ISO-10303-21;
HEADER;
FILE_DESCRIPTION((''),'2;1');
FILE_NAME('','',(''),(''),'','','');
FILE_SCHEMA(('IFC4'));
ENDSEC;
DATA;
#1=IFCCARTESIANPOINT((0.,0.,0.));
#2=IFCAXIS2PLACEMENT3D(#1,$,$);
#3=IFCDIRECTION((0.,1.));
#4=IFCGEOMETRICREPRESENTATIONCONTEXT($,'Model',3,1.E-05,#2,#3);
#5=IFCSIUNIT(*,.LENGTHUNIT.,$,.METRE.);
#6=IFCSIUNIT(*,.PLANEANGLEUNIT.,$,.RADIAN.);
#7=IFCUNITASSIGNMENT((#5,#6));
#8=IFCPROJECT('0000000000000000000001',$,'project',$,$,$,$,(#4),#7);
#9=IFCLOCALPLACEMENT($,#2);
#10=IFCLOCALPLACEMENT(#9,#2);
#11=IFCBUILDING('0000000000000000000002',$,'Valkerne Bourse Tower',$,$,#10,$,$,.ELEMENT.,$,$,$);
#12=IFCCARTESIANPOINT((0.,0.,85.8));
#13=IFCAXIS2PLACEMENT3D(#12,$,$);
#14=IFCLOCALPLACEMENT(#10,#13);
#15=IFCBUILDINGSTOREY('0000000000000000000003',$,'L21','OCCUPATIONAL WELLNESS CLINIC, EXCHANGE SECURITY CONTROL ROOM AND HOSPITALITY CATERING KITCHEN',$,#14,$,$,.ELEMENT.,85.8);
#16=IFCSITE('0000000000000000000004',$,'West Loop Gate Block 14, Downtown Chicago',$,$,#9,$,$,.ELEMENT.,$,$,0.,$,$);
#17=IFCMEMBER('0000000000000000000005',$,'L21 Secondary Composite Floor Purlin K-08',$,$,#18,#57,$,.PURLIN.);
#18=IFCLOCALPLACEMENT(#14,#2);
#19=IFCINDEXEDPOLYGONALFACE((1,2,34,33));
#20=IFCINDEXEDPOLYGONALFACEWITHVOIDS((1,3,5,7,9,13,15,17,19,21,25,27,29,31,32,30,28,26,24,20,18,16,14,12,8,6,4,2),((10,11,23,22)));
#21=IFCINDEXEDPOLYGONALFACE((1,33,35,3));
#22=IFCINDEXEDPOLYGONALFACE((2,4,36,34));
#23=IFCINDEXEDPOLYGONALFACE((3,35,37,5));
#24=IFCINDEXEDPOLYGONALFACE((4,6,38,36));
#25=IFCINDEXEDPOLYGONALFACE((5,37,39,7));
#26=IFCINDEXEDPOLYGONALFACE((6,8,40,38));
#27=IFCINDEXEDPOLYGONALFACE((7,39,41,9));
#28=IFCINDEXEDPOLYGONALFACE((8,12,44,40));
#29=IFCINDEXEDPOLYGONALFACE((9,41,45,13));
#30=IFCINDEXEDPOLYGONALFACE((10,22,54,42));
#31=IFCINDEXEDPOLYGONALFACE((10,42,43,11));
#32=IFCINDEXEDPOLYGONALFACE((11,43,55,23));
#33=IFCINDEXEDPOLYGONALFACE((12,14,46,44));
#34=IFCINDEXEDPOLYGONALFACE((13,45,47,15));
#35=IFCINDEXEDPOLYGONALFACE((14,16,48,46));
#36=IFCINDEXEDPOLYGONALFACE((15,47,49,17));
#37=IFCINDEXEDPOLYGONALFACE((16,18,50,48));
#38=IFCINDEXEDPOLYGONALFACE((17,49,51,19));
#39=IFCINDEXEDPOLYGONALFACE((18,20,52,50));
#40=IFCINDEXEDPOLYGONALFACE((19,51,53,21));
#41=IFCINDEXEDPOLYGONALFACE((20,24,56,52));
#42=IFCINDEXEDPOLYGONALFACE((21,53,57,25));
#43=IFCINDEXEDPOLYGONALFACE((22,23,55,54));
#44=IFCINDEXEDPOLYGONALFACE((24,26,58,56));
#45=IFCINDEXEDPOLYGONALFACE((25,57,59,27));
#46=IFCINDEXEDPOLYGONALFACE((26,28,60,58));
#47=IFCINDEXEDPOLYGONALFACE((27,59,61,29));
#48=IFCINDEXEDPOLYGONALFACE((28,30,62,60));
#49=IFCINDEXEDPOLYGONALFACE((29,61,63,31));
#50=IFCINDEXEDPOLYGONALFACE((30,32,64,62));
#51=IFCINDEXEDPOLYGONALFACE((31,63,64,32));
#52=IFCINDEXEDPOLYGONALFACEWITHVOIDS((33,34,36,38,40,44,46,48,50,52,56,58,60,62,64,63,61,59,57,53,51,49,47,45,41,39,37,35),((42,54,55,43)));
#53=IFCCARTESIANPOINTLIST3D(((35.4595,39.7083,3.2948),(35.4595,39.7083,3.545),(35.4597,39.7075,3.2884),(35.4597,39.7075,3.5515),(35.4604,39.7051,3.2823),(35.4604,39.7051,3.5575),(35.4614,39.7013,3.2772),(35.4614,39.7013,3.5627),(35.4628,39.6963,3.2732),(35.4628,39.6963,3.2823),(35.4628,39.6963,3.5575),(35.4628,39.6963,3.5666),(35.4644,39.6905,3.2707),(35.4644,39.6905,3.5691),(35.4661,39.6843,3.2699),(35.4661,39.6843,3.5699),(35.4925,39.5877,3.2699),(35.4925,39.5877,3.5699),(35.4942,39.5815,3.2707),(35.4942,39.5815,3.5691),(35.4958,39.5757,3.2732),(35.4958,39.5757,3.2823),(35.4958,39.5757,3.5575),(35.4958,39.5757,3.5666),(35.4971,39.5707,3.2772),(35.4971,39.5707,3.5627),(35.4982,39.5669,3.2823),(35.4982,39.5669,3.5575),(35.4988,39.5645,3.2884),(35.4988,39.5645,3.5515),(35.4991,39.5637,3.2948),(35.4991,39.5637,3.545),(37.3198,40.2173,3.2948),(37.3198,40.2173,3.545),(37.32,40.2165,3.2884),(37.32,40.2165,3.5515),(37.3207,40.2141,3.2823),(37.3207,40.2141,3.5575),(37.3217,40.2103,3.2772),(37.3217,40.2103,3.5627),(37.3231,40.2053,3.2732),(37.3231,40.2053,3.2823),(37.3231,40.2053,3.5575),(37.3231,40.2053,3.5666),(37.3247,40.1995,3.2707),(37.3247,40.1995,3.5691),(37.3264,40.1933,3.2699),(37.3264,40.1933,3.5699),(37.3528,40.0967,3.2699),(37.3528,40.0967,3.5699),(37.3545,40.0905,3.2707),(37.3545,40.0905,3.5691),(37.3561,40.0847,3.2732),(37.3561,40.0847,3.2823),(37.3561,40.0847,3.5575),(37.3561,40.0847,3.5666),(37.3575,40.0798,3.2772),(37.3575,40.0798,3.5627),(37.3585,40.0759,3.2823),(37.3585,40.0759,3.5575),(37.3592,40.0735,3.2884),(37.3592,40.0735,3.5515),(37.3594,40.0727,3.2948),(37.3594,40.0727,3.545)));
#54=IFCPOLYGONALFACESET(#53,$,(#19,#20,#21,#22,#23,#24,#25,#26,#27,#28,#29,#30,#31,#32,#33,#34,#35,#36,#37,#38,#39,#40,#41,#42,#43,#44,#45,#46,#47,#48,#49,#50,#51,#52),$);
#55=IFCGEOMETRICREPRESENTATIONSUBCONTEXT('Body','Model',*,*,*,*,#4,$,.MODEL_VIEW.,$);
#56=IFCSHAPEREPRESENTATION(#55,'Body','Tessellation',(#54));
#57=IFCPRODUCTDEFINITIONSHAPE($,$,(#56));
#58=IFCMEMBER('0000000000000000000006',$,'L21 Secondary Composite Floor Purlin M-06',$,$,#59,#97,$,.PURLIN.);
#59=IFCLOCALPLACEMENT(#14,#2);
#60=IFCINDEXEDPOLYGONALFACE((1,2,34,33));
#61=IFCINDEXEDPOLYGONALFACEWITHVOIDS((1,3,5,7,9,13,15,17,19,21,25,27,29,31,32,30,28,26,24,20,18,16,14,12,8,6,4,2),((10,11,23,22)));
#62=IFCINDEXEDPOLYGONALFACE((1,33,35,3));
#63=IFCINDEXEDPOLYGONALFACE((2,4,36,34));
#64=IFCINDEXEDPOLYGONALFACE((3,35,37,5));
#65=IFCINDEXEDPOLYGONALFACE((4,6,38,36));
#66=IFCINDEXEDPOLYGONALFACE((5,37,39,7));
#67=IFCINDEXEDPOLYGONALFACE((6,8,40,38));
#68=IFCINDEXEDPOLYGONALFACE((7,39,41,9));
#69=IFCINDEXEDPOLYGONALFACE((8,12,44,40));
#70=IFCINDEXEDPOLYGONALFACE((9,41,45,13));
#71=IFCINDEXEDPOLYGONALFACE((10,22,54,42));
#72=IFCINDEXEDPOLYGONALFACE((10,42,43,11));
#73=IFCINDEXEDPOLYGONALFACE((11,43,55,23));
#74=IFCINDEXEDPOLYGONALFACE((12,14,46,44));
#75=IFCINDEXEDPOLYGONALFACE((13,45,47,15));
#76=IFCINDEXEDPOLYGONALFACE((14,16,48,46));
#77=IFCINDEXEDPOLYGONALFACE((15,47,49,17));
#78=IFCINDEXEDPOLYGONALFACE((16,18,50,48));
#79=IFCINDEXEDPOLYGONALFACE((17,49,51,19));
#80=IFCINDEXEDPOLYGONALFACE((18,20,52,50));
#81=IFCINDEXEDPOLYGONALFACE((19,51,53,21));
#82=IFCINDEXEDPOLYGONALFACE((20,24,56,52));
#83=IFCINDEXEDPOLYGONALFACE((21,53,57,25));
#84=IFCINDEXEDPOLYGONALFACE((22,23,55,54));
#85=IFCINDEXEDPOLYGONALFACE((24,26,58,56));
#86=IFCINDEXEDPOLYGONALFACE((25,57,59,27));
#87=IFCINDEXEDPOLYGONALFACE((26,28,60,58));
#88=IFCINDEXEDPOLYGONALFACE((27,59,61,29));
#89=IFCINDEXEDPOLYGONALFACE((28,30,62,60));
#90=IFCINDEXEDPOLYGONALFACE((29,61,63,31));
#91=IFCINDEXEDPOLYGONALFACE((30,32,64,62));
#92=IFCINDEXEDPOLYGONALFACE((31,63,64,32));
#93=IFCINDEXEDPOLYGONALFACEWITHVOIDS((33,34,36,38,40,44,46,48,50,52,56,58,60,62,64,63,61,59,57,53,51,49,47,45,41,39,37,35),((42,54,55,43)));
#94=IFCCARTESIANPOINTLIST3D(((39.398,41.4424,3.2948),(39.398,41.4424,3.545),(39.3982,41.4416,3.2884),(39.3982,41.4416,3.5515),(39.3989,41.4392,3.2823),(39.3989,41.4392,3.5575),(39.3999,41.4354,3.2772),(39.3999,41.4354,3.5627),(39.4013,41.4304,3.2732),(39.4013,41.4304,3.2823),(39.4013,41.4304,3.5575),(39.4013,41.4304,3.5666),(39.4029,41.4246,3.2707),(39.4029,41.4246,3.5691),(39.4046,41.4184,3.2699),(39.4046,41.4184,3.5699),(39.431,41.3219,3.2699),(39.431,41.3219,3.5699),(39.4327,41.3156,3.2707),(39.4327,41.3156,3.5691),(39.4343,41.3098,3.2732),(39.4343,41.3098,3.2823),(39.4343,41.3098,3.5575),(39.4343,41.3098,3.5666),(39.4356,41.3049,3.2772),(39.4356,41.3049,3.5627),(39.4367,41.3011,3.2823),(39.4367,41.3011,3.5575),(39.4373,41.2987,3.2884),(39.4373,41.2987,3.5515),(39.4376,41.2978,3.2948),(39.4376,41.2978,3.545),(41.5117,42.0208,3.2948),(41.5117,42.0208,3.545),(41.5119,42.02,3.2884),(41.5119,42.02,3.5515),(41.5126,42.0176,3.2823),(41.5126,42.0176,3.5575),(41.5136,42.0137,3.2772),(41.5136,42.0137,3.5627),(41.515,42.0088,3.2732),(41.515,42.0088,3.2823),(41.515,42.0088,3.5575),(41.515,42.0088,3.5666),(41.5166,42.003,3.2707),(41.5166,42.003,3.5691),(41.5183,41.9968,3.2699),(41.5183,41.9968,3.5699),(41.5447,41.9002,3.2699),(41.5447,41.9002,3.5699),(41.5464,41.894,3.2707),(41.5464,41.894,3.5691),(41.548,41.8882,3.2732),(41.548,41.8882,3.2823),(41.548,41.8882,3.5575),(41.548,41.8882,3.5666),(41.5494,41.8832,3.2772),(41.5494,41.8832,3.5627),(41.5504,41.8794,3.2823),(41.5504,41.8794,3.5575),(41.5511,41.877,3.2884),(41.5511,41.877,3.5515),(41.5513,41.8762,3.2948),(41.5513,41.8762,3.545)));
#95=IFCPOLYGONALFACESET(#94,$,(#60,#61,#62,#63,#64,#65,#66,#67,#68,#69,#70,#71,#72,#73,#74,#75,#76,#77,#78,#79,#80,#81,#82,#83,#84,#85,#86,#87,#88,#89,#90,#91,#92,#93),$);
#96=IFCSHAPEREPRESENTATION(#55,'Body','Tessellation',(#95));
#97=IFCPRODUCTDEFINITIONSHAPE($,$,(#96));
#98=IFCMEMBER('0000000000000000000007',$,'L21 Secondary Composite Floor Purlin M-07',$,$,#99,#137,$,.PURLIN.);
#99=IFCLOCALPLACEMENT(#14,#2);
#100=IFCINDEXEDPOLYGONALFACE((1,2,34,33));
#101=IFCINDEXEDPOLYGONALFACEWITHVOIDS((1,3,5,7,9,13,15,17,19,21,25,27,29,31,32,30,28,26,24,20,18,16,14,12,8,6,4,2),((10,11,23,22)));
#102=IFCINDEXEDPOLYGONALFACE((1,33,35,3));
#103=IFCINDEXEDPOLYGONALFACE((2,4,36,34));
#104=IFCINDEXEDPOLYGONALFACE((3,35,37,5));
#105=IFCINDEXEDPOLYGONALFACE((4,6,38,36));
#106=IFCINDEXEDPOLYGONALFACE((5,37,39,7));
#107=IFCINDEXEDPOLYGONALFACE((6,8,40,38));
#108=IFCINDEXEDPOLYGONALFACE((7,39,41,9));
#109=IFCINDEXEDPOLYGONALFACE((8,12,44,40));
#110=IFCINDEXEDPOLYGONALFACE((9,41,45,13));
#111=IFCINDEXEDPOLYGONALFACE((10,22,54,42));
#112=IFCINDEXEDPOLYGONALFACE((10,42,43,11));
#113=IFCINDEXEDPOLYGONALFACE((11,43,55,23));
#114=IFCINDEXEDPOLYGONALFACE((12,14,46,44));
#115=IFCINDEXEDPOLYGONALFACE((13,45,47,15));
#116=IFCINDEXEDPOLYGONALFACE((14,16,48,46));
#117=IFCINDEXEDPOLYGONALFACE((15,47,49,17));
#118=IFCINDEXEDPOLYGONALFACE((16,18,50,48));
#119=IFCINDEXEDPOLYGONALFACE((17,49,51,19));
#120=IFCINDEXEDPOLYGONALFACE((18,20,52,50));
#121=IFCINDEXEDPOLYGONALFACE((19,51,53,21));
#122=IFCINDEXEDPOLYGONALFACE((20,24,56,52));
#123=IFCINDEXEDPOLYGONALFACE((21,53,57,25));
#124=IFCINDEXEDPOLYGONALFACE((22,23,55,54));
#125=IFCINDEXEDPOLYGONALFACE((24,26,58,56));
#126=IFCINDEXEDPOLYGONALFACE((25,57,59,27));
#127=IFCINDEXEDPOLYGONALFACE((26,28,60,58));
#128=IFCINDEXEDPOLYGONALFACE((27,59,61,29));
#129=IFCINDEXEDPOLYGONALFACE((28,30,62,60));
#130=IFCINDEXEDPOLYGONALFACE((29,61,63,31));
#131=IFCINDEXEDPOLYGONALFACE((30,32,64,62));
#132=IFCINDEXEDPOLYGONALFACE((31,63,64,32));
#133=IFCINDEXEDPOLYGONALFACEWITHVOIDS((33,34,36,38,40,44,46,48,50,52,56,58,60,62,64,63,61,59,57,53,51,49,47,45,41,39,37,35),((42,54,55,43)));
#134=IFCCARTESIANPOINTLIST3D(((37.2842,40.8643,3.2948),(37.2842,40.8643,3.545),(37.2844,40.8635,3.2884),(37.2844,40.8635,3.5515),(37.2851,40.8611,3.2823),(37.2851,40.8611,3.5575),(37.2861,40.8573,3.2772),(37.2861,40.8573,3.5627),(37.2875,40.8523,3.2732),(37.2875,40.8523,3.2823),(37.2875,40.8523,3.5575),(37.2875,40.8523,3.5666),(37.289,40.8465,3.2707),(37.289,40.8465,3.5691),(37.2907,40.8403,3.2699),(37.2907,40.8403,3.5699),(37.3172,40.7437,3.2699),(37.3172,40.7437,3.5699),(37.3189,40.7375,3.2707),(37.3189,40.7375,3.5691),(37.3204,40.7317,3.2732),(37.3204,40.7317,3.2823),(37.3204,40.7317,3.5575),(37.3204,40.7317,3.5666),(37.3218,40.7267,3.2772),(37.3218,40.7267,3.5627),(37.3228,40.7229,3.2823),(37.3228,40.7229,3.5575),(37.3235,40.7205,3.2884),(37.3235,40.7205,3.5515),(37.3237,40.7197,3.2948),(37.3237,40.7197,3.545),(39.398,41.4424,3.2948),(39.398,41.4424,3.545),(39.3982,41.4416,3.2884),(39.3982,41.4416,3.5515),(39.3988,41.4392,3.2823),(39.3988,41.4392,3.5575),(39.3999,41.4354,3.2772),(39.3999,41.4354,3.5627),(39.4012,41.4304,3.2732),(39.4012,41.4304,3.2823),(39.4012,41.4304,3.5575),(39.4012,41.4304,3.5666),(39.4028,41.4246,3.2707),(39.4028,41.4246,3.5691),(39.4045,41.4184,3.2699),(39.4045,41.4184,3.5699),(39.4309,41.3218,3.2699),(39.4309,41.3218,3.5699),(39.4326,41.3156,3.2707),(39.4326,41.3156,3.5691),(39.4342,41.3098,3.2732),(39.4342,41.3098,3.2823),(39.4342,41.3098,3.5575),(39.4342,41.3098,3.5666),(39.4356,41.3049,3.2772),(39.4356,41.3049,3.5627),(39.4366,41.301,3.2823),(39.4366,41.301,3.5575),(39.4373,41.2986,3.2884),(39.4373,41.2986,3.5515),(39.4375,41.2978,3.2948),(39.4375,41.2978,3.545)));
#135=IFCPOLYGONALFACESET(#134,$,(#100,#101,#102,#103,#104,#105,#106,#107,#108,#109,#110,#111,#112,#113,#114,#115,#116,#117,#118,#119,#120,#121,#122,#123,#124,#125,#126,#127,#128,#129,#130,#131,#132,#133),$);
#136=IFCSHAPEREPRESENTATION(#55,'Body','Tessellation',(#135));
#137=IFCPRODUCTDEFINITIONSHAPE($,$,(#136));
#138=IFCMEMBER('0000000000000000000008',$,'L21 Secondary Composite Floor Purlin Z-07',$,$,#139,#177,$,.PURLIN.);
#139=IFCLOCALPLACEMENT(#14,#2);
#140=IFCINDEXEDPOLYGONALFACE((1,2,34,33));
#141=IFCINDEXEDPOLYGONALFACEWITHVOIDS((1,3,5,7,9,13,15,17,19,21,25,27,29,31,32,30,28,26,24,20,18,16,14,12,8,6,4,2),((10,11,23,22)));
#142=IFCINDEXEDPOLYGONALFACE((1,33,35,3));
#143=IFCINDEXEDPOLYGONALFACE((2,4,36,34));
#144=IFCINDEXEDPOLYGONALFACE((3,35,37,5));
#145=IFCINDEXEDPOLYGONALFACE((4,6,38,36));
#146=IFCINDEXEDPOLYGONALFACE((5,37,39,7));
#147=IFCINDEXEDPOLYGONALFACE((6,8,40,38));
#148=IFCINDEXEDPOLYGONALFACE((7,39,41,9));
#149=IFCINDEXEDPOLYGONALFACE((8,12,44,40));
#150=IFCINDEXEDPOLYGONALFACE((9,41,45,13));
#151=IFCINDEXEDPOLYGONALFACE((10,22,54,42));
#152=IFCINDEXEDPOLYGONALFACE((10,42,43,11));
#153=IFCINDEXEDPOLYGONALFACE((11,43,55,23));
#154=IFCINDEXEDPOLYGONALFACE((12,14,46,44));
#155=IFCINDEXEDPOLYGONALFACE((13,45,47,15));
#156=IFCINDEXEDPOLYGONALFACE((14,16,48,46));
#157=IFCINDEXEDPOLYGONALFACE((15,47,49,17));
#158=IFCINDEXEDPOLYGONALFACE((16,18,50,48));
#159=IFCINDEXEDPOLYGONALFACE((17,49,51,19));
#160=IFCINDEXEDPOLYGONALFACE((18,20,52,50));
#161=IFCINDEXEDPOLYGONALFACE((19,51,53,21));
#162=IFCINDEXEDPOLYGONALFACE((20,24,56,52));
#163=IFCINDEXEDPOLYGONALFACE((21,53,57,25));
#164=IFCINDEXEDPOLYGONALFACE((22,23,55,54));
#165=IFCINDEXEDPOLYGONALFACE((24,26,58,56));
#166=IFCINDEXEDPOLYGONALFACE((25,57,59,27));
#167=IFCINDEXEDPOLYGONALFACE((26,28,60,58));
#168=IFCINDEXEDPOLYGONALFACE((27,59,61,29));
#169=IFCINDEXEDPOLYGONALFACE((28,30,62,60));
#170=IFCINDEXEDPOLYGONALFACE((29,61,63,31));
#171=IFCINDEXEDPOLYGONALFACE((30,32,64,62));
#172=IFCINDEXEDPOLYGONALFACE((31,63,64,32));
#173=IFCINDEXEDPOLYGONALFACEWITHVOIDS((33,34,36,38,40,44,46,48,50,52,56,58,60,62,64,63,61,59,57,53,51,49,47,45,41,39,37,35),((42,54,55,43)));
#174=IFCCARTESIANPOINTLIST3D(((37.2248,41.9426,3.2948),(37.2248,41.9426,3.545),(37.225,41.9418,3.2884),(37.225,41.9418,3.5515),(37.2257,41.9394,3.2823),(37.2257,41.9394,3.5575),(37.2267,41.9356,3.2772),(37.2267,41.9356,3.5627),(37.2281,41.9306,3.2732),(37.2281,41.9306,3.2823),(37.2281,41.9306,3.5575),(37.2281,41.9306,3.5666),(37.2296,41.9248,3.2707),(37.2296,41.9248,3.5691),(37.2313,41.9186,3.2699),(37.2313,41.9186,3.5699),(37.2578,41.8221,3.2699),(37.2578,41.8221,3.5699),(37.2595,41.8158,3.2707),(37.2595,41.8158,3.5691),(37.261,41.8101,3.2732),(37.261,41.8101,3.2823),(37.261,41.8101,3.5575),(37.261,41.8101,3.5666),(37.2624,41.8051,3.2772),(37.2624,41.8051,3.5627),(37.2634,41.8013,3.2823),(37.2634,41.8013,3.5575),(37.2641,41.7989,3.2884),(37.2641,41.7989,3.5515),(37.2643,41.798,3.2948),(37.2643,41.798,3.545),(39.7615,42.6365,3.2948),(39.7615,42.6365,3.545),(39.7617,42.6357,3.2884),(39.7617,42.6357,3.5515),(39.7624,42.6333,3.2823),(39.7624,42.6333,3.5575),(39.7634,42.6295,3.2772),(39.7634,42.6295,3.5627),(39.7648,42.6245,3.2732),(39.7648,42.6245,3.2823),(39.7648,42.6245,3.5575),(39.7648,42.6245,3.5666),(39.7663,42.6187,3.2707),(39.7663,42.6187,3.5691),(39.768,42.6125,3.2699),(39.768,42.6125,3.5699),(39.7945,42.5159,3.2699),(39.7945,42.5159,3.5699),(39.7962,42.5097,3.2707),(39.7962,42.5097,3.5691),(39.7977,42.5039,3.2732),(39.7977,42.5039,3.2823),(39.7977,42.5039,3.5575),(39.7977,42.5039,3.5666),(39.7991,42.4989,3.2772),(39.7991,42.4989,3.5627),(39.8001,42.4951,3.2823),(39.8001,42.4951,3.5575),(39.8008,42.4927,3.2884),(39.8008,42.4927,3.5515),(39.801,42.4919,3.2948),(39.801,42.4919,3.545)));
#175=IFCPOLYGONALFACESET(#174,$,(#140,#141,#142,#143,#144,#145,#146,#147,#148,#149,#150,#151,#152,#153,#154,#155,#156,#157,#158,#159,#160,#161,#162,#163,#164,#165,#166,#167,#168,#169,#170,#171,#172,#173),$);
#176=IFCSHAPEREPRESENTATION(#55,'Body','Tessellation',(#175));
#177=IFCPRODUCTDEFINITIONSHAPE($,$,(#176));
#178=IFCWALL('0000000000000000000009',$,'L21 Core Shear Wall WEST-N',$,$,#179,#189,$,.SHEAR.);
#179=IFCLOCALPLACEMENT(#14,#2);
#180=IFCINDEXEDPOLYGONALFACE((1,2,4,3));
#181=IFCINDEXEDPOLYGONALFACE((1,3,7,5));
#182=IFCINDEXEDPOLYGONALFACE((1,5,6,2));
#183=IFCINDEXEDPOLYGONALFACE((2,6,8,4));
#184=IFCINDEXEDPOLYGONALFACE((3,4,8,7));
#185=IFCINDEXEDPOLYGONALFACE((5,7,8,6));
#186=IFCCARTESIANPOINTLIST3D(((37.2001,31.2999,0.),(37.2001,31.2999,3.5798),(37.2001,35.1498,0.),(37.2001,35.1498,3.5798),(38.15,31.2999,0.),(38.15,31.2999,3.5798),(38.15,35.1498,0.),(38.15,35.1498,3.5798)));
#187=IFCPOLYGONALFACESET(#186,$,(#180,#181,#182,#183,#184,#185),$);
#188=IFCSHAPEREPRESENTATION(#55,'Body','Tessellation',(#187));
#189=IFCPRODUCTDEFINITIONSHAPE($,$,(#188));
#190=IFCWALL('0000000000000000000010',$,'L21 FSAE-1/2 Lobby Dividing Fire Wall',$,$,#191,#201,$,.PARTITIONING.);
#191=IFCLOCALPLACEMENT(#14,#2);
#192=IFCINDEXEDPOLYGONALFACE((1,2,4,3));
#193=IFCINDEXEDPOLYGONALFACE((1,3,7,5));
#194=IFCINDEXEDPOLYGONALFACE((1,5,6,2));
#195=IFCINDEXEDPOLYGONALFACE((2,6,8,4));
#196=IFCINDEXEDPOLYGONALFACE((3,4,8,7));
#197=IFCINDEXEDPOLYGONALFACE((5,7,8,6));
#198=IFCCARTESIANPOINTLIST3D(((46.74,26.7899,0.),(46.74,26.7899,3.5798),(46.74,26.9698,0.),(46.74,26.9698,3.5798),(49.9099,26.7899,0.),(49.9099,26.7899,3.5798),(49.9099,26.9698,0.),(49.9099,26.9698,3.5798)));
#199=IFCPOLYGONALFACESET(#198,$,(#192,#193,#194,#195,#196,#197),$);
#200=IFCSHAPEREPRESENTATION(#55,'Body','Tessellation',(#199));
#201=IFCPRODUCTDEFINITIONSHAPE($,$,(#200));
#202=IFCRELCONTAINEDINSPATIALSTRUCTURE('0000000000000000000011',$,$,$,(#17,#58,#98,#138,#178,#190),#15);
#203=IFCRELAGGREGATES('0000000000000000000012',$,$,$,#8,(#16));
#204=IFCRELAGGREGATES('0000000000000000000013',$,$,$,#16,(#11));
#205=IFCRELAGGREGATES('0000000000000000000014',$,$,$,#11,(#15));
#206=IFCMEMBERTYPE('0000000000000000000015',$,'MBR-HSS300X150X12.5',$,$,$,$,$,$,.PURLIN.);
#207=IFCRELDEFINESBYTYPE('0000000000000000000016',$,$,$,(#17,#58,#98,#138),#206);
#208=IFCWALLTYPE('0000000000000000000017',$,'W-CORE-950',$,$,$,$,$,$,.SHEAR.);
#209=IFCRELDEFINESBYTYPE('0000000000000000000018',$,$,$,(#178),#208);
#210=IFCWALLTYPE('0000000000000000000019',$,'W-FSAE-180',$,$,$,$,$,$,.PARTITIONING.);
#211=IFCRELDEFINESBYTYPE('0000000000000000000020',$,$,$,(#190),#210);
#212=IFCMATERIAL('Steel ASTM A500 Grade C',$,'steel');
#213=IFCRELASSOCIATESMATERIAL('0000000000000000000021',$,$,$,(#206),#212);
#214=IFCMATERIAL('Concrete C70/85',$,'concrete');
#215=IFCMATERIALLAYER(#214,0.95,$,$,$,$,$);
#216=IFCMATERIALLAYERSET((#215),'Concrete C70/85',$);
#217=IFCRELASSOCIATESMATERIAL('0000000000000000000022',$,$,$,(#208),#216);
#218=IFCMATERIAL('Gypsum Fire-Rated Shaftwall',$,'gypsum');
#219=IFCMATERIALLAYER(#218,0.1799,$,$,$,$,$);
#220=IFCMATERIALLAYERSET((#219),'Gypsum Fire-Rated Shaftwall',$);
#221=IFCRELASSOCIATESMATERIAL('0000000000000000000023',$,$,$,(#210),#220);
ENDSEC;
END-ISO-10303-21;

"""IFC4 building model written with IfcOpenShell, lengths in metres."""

from ifc_helpers import new_model, si_unit, direction, frame, frame_2d, origin, origin_2d, place, context, subcontext, project, spatial, rectangle, hollow_rectangle, extrude, material, layer, layer_set, material_profile, profile_set, type_object, element, save


model = new_model("IFC4")

# Units and contexts
model_context = context("Model", 3, precision=1e-05, world=origin(), true_north=direction((0.0, 1.0)))
body_context = subcontext(model_context, "Body", "Model", "MODEL_VIEW")
ifc_project = project(units=[si_unit("LENGTHUNIT", "METRE"), si_unit("PLANEANGLEUNIT", "RADIAN")], contexts=[model_context])

# Site, building, storey
site_placement = place(None, origin())
site = spatial("IfcSite", under=ifc_project, at=site_placement, Name="West Loop Gate Block 14, Downtown Chicago", CompositionType="ELEMENT", RefElevation=0.0)
building_placement = place(site_placement, origin())
building = spatial("IfcBuilding", under=site, at=building_placement, Name="Valkerne Bourse Tower", CompositionType="ELEMENT")
storey_placement = place(building_placement, frame((0.0, 0.0, 85.8)))
storey = spatial("IfcBuildingStorey", under=building, at=storey_placement, Name="L21", Description="OCCUPATIONAL WELLNESS CLINIC, EXCHANGE SECURITY CONTROL ROOM AND HOSPITALITY CATERING KITCHEN", CompositionType="ELEMENT", Elevation=85.8)

# Members
ifc_material_1 = material(Name="Steel ASTM A500 Grade C", Category="steel")
ifc_material_profile_1 = material_profile(ifc_material_1, hollow_rectangle(XDim=0.1499, YDim=0.3, WallThickness=0.0125, OuterFilletRadius=0.0249, at=origin_2d()), Name="HSS300X150X12.5")
ifc_profile_set_1 = profile_set([ifc_material_profile_1], Name="Steel ASTM A500 Grade C")
member_type = type_object("IfcMemberType", Name="MBR-HSS300X150X12.5", PredefinedType="PURLIN", material=ifc_profile_set_1)
member_1_placement = place(storey_placement, frame((37.3396, 40.145, 3.4199), z_axis=(-0.964544, -0.263921, 0.0), x_axis=(0.263921, -0.964544, 0.0)))
element("IfcMember", 1, at=member_1_placement, inside=storey, type_object=member_type, Name="L21 Secondary Composite Floor Purlin K-08", PredefinedType="PURLIN", context=body_context, shape_type="SweptSolid", body=[
    extrude(hollow_rectangle(XDim=0.1499, YDim=0.3, WallThickness=0.0125, OuterFilletRadius=0.0249, at=origin_2d()), origin(), (0.0, 0.0, 1.0), 1.9287),
])
for number, where, z_axis, x_axis, name in (
    (2, (41.5315, 41.9485, 3.4199), (-0.964545, -0.263919, 0.0), (0.263919, -0.964545, 0.0), "L21 Secondary Composite Floor Purlin M-06"),
    (3, (39.4177, 41.3701, 3.4199), (-0.964573, -0.263815, 0.0), (0.263815, -0.964573, 0.0), "L21 Secondary Composite Floor Purlin M-07"),
):
    element("IfcMember", number, at=place(storey_placement, frame(where, z_axis=z_axis, x_axis=x_axis)), inside=storey, type_object=member_type, Name=name, PredefinedType="PURLIN", context=body_context, shape_type="SweptSolid", body=[
        extrude(hollow_rectangle(XDim=0.1499, YDim=0.3, WallThickness=0.0125, OuterFilletRadius=0.0249, at=origin_2d()), origin(), (0.0, 0.0, 1.0), 2.1914),
    ])
member_2_placement = place(storey_placement, frame((39.7812, 42.5642, 3.4199), z_axis=(-0.964566, -0.26384, 0.0), x_axis=(0.26384, -0.964566, 0.0)))
element("IfcMember", 4, at=member_2_placement, inside=storey, type_object=member_type, Name="L21 Secondary Composite Floor Purlin Z-07", PredefinedType="PURLIN", context=body_context, shape_type="SweptSolid", body=[
    extrude(hollow_rectangle(XDim=0.1499, YDim=0.3, WallThickness=0.0125, OuterFilletRadius=0.0249, at=origin_2d()), origin(), (0.0, 0.0, 1.0), 2.6299),
])

# Walls
ifc_material_2 = material(Name="Concrete C70/85", Category="concrete")
ifc_layer_1 = layer(ifc_material_2, 0.95)
ifc_layer_set_1 = layer_set([ifc_layer_1], Name="Concrete C70/85")
wall_type_1 = type_object("IfcWallType", Name="W-CORE-950", PredefinedType="SHEAR", material=ifc_layer_set_1)
wall_1_placement = place(storey_placement, frame((37.675, 31.3, 0.0), z_axis=(0.0, 0.0, 1.0), x_axis=(0.0, 1.0, 0.0)))
element("IfcWall", 5, at=wall_1_placement, inside=storey, type_object=wall_type_1, Name="L21 Core Shear Wall WEST-N", PredefinedType="SHEAR", context=body_context, shape_type="SweptSolid", body=[
    extrude(rectangle(XDim=3.8499, YDim=0.95, at=frame_2d((1.9248, 0.0))), origin(), (0.0, 0.0, 1.0), 3.5798),
])
ifc_material_3 = material(Name="Gypsum Fire-Rated Shaftwall", Category="gypsum")
ifc_layer_2 = layer(ifc_material_3, 0.1799)
ifc_layer_set_2 = layer_set([ifc_layer_2], Name="Gypsum Fire-Rated Shaftwall")
wall_type_2 = type_object("IfcWallType", Name="W-FSAE-180", PredefinedType="PARTITIONING", material=ifc_layer_set_2)
wall_2_placement = place(storey_placement, frame((46.74, 26.8799, 0.0), z_axis=(0.0, 0.0, 1.0), x_axis=(1.0, 0.0, 0.0)))
element("IfcWall", 6, at=wall_2_placement, inside=storey, type_object=wall_type_2, Name="L21 FSAE-1/2 Lobby Dividing Fire Wall", PredefinedType="PARTITIONING", context=body_context, shape_type="SweptSolid", body=[
    extrude(rectangle(XDim=3.1699, YDim=0.1799, at=frame_2d((1.585, 0.0))), origin(), (0.0, 0.0, 1.0), 3.5798),
])

save(model, "model.ifc")
